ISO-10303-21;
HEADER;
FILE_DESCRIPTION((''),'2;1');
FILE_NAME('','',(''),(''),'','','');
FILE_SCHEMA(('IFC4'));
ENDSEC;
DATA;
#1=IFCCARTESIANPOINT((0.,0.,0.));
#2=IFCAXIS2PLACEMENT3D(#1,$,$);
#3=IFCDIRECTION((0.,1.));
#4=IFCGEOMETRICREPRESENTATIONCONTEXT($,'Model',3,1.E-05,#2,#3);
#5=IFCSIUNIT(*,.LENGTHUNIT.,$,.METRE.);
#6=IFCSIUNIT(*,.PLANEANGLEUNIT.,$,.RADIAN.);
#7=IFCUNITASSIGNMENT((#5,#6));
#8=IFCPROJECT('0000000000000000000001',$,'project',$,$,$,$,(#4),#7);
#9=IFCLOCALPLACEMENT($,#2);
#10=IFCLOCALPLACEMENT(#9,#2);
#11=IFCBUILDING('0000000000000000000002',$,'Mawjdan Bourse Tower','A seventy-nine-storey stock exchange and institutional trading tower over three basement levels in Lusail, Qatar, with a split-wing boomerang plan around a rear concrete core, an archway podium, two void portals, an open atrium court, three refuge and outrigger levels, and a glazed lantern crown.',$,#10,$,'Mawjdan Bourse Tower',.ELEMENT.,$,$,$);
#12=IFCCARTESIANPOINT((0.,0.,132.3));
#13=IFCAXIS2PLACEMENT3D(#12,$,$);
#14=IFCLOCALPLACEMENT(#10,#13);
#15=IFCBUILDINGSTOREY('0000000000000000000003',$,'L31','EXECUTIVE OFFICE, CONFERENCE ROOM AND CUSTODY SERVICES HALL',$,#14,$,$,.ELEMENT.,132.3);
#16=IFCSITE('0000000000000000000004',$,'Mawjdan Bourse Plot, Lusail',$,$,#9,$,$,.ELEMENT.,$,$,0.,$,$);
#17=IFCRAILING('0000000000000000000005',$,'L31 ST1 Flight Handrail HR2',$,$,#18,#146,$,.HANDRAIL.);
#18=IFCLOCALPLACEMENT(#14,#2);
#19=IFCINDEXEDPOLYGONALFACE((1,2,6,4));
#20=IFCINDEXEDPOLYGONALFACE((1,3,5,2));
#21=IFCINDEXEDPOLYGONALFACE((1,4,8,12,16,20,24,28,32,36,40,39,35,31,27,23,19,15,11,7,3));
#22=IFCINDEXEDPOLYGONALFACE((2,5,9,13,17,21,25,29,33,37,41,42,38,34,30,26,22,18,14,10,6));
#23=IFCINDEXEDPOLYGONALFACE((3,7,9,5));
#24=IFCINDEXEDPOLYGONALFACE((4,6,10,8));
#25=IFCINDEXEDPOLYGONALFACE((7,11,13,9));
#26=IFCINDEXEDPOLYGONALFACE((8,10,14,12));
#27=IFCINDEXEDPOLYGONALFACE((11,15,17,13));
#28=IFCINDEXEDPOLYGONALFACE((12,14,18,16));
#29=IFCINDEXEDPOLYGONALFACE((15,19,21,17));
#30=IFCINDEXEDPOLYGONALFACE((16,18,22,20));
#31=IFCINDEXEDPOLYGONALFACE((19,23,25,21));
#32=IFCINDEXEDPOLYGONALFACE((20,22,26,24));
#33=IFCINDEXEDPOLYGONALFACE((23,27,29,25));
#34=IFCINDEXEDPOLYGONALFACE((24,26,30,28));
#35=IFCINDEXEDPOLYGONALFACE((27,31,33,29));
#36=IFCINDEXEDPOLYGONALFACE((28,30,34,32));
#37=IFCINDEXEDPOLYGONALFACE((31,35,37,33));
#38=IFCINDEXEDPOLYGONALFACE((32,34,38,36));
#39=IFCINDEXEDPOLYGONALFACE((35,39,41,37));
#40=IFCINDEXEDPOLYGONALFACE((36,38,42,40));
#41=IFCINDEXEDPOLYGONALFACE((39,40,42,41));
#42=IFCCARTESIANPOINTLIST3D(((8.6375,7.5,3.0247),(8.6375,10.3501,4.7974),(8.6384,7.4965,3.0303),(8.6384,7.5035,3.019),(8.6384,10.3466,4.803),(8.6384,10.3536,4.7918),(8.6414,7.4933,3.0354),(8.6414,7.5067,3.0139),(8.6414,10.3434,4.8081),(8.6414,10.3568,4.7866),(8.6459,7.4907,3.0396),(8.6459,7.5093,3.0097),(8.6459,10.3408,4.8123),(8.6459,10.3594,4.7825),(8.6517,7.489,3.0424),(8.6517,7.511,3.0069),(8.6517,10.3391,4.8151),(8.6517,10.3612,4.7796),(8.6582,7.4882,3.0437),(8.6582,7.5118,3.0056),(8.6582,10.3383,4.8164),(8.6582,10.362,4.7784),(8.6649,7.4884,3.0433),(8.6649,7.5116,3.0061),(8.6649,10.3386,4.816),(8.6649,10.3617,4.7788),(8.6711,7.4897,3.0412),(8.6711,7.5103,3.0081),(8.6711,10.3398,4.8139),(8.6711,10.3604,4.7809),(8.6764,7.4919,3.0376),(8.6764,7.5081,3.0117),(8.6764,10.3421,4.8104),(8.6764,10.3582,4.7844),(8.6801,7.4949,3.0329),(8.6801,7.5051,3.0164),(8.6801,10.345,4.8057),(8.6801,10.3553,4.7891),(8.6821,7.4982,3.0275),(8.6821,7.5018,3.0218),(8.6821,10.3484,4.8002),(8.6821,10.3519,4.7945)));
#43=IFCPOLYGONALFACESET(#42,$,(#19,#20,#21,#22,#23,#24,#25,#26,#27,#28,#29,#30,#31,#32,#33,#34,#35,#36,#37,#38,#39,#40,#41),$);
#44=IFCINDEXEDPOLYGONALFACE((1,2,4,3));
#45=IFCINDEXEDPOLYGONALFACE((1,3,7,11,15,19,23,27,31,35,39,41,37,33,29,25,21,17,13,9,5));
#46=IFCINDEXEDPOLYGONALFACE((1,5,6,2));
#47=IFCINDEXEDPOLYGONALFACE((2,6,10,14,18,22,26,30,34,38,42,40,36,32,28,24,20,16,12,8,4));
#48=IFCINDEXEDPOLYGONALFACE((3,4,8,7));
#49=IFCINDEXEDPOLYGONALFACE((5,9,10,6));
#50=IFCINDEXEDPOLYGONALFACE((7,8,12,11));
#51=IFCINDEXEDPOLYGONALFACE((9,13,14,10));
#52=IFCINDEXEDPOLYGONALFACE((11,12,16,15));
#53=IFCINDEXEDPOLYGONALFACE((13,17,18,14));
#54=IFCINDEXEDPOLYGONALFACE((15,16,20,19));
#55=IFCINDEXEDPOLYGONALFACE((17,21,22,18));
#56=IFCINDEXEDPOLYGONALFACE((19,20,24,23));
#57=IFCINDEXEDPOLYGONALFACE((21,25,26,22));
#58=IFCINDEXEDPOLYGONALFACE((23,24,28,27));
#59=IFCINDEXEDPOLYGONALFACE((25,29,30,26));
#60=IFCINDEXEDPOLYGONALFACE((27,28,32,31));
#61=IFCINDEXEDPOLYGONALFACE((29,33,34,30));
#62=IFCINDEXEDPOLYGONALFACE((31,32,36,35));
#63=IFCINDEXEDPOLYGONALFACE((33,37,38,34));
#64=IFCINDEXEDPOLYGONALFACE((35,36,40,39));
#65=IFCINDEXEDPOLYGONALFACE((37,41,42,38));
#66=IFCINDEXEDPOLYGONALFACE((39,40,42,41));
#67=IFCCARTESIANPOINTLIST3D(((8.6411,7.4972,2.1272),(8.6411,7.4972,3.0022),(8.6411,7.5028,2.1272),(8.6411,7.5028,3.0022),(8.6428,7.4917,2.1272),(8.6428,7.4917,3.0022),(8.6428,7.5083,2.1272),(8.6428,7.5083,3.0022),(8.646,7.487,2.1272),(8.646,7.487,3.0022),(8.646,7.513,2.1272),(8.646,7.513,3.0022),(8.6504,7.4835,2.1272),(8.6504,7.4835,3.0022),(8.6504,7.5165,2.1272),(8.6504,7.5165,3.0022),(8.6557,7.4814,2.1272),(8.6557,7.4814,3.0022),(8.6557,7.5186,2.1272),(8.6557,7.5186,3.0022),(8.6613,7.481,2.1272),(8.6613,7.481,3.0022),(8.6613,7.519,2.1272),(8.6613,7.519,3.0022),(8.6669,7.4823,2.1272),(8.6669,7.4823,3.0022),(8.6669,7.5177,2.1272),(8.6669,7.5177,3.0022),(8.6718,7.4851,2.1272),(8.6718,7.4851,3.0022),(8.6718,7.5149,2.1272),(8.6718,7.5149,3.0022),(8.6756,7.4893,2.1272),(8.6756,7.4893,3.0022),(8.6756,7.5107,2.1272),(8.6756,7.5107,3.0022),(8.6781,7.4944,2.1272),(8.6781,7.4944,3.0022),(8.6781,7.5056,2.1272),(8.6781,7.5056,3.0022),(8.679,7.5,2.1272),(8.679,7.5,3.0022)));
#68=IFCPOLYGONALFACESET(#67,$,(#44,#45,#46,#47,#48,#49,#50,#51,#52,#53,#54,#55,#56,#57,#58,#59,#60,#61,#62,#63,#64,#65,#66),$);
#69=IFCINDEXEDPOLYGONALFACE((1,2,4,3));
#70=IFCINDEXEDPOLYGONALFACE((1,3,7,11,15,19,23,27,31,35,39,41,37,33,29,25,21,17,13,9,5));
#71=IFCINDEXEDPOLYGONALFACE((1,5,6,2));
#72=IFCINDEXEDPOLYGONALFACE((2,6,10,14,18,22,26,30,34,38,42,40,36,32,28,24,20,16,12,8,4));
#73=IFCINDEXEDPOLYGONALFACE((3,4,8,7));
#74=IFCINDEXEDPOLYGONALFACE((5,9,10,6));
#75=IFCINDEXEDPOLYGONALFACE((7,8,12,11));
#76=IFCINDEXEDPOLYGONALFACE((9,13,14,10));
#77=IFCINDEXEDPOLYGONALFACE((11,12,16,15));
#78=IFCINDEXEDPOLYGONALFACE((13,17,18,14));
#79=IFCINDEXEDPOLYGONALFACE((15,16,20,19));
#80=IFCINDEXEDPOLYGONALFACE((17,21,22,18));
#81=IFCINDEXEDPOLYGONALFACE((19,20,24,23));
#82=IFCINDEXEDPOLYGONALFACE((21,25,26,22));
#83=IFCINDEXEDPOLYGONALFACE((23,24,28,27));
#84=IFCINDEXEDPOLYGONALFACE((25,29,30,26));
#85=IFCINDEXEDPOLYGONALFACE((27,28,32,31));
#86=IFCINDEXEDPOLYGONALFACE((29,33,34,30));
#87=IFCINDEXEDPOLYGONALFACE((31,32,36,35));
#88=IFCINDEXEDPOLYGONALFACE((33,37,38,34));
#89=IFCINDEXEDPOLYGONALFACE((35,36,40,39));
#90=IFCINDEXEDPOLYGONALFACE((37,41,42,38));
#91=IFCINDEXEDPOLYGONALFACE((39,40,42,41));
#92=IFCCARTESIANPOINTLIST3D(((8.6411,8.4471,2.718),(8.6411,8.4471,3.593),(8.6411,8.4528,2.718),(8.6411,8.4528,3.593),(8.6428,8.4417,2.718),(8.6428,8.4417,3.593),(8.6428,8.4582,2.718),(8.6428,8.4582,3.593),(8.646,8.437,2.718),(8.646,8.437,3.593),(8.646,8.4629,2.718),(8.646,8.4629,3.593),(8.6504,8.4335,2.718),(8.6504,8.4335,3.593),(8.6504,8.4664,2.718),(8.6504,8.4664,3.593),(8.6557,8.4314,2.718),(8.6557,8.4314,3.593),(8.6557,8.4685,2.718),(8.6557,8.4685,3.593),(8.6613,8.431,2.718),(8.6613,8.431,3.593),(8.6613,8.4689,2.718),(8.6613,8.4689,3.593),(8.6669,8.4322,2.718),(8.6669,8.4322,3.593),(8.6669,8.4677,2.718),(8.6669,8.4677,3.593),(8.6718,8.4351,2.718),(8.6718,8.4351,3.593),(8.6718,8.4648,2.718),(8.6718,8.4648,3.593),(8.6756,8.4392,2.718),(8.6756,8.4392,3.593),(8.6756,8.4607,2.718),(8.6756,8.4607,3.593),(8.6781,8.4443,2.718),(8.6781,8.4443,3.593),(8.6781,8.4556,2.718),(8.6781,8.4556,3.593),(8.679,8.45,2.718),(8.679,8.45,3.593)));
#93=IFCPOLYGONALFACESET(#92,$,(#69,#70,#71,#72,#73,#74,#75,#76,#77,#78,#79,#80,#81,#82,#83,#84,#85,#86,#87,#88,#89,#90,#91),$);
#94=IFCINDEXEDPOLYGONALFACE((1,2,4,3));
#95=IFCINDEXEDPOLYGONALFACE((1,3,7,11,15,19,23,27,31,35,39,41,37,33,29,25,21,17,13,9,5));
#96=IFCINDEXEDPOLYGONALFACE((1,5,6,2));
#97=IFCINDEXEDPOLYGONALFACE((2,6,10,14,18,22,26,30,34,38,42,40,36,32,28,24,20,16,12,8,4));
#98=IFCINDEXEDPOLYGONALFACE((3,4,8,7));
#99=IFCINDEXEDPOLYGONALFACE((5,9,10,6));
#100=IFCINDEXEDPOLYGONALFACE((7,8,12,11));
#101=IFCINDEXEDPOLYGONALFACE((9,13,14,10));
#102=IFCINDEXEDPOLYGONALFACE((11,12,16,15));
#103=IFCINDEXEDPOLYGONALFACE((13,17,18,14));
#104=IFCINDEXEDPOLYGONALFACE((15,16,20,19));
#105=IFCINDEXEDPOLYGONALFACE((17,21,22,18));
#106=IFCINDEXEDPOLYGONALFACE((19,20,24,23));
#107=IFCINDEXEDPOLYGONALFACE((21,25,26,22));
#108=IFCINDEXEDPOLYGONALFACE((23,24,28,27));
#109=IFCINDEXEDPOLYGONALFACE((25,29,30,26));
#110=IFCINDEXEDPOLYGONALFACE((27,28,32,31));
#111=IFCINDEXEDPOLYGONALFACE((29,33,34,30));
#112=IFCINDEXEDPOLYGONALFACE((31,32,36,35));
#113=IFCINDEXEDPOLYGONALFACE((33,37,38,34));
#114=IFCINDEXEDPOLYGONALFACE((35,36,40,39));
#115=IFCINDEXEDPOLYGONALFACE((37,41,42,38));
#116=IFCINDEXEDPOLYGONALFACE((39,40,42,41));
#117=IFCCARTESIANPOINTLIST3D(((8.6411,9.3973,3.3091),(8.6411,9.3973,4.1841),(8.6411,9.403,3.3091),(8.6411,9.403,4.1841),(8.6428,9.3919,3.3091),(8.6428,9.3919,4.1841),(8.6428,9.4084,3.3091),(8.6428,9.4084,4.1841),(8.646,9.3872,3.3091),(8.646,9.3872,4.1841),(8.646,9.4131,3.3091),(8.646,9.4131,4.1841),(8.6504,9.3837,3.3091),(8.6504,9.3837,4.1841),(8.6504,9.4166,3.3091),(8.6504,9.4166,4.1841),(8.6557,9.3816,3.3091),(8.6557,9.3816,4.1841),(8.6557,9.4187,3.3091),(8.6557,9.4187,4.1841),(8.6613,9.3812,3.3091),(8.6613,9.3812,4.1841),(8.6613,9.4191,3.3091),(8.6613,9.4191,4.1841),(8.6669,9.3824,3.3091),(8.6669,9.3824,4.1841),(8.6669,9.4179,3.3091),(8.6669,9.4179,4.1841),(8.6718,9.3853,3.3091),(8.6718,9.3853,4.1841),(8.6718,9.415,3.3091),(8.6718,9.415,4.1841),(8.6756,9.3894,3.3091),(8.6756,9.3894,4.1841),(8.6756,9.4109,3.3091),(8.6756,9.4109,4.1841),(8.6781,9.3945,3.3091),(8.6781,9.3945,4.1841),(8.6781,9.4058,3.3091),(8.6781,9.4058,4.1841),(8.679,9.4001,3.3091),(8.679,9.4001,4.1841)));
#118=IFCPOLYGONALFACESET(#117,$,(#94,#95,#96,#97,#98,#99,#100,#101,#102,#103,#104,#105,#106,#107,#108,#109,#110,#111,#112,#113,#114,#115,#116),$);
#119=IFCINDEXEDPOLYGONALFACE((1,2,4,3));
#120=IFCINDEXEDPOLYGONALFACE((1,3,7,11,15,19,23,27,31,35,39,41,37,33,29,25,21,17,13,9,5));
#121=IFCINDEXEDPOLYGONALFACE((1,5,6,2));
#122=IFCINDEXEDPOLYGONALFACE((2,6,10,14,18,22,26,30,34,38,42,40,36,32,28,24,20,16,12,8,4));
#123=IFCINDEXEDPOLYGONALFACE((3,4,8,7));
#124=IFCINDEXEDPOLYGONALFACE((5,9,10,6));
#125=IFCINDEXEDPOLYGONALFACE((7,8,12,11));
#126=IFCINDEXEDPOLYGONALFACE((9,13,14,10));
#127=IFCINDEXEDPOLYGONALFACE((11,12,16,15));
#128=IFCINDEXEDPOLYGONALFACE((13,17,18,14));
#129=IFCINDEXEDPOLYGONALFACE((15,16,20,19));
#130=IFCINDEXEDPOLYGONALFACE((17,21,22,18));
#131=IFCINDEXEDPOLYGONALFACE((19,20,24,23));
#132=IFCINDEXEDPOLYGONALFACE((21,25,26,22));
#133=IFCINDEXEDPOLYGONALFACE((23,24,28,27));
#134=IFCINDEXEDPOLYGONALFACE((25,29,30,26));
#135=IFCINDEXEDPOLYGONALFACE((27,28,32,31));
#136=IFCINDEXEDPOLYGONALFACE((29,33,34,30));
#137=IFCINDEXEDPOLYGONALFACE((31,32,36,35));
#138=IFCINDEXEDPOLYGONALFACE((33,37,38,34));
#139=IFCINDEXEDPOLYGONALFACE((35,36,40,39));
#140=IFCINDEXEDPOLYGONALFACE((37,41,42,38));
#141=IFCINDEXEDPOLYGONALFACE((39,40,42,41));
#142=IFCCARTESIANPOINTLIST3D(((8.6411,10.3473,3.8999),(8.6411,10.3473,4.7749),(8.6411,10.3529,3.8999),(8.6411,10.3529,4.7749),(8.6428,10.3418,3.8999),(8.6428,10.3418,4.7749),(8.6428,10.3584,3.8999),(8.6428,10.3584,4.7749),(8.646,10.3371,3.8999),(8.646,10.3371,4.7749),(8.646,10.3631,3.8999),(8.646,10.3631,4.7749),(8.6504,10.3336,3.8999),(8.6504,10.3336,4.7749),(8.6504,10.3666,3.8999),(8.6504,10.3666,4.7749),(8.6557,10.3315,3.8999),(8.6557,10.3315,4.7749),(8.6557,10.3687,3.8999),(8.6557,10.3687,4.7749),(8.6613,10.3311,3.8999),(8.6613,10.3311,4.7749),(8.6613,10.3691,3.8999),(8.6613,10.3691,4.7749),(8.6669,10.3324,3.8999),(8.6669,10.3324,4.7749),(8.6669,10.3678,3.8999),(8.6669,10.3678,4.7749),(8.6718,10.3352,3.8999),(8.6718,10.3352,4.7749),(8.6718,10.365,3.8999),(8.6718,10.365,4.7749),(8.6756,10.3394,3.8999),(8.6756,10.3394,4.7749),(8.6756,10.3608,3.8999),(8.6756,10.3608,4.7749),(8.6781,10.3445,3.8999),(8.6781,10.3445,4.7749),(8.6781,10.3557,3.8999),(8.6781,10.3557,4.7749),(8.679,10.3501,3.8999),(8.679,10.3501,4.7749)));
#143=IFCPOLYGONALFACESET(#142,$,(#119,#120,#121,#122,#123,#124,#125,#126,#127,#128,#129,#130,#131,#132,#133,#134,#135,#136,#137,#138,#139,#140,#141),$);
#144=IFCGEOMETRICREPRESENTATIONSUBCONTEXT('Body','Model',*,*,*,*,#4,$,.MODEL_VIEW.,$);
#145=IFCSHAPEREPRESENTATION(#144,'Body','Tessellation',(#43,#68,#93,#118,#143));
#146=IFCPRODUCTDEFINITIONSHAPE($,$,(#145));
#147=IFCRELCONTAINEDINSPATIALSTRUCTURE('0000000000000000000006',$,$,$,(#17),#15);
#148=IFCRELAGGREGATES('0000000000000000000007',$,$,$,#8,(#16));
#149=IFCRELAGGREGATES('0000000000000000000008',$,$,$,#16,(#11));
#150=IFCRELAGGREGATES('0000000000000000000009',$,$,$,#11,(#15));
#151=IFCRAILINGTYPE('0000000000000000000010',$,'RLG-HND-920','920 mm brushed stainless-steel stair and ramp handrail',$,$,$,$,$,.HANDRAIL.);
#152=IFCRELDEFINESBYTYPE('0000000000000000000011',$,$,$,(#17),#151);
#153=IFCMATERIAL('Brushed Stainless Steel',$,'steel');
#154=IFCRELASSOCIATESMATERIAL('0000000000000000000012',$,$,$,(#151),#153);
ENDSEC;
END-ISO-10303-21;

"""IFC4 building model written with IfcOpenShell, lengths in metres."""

from ifc_helpers import new_model, si_unit, direction, frame, origin, origin_2d, place, context, subcontext, project, spatial, circle, extrude, material, type_object, element, save


model = new_model("IFC4")

# Units and contexts
model_context = context("Model", 3, precision=1e-05, world=origin(), true_north=direction((0.0, 1.0)))
body_context = subcontext(model_context, "Body", "Model", "MODEL_VIEW")
ifc_project = project(units=[si_unit("LENGTHUNIT", "METRE"), si_unit("PLANEANGLEUNIT", "RADIAN")], contexts=[model_context])

# Site, building, storey
site_placement = place(None, origin())
site = spatial("IfcSite", under=ifc_project, at=site_placement, Name="Mawjdan Bourse Plot, Lusail", CompositionType="ELEMENT", RefElevation=0.0)
building_placement = place(site_placement, origin())
building = spatial("IfcBuilding", under=site, at=building_placement, Name="Mawjdan Bourse Tower", Description="A seventy-nine-storey stock exchange and institutional trading tower over three basement levels in Lusail, Qatar, with a split-wing boomerang plan around a rear concrete core, an archway podium, two void portals, an open atrium court, three refuge and outrigger levels, and a glazed lantern crown.", LongName="Mawjdan Bourse Tower", CompositionType="ELEMENT")
storey_placement = place(building_placement, frame((0.0, 0.0, 132.3)))
storey = spatial("IfcBuildingStorey", under=building, at=storey_placement, Name="L31", Description="EXECUTIVE OFFICE, CONFERENCE ROOM AND CUSTODY SERVICES HALL", CompositionType="ELEMENT", Elevation=132.3)

# Railing
ifc_material_1 = material(Name="Brushed Stainless Steel", Category="steel")
railing_type_1 = type_object("IfcRailingType", Name="RLG-HND-920", Description="920 mm brushed stainless-steel stair and ramp handrail", PredefinedType="HANDRAIL", material=ifc_material_1)
for number, where, name in (
    (1, (8.6599, 7.5, 2.1272), "L31 ST1 Flight Handrail HR2"),
):
    element("IfcRailing", number, at=place(storey_placement, frame(where)), inside=storey, type_object=railing_type_1, Name=name, PredefinedType="HANDRAIL", context=body_context, shape_type="SweptSolid", body=[
        extrude(circle(Radius=0.0225, at=origin_2d()), frame((0.0, 0.0, 0.8975), z_axis=(0.0, 0.849149, 0.528154), x_axis=(-1.0, 0.0, 0.0)), (0.0, 0.0, 1.0), 3.3564),
        extrude(circle(Radius=0.019, at=origin_2d()), origin(), (0.0, 0.0, 1.0), 0.875),
        extrude(circle(Radius=0.019, at=origin_2d()), frame((0.0, 0.95, 0.5908)), (0.0, 0.0, 1.0), 0.875),
        extrude(circle(Radius=0.019, at=origin_2d()), frame((0.0, 1.9001, 1.1819)), (0.0, 0.0, 1.0), 0.875),
        extrude(circle(Radius=0.019, at=origin_2d()), frame((0.0, 2.8501, 1.7727)), (0.0, 0.0, 1.0), 0.875),
    ])

save(model, "model.ifc")
